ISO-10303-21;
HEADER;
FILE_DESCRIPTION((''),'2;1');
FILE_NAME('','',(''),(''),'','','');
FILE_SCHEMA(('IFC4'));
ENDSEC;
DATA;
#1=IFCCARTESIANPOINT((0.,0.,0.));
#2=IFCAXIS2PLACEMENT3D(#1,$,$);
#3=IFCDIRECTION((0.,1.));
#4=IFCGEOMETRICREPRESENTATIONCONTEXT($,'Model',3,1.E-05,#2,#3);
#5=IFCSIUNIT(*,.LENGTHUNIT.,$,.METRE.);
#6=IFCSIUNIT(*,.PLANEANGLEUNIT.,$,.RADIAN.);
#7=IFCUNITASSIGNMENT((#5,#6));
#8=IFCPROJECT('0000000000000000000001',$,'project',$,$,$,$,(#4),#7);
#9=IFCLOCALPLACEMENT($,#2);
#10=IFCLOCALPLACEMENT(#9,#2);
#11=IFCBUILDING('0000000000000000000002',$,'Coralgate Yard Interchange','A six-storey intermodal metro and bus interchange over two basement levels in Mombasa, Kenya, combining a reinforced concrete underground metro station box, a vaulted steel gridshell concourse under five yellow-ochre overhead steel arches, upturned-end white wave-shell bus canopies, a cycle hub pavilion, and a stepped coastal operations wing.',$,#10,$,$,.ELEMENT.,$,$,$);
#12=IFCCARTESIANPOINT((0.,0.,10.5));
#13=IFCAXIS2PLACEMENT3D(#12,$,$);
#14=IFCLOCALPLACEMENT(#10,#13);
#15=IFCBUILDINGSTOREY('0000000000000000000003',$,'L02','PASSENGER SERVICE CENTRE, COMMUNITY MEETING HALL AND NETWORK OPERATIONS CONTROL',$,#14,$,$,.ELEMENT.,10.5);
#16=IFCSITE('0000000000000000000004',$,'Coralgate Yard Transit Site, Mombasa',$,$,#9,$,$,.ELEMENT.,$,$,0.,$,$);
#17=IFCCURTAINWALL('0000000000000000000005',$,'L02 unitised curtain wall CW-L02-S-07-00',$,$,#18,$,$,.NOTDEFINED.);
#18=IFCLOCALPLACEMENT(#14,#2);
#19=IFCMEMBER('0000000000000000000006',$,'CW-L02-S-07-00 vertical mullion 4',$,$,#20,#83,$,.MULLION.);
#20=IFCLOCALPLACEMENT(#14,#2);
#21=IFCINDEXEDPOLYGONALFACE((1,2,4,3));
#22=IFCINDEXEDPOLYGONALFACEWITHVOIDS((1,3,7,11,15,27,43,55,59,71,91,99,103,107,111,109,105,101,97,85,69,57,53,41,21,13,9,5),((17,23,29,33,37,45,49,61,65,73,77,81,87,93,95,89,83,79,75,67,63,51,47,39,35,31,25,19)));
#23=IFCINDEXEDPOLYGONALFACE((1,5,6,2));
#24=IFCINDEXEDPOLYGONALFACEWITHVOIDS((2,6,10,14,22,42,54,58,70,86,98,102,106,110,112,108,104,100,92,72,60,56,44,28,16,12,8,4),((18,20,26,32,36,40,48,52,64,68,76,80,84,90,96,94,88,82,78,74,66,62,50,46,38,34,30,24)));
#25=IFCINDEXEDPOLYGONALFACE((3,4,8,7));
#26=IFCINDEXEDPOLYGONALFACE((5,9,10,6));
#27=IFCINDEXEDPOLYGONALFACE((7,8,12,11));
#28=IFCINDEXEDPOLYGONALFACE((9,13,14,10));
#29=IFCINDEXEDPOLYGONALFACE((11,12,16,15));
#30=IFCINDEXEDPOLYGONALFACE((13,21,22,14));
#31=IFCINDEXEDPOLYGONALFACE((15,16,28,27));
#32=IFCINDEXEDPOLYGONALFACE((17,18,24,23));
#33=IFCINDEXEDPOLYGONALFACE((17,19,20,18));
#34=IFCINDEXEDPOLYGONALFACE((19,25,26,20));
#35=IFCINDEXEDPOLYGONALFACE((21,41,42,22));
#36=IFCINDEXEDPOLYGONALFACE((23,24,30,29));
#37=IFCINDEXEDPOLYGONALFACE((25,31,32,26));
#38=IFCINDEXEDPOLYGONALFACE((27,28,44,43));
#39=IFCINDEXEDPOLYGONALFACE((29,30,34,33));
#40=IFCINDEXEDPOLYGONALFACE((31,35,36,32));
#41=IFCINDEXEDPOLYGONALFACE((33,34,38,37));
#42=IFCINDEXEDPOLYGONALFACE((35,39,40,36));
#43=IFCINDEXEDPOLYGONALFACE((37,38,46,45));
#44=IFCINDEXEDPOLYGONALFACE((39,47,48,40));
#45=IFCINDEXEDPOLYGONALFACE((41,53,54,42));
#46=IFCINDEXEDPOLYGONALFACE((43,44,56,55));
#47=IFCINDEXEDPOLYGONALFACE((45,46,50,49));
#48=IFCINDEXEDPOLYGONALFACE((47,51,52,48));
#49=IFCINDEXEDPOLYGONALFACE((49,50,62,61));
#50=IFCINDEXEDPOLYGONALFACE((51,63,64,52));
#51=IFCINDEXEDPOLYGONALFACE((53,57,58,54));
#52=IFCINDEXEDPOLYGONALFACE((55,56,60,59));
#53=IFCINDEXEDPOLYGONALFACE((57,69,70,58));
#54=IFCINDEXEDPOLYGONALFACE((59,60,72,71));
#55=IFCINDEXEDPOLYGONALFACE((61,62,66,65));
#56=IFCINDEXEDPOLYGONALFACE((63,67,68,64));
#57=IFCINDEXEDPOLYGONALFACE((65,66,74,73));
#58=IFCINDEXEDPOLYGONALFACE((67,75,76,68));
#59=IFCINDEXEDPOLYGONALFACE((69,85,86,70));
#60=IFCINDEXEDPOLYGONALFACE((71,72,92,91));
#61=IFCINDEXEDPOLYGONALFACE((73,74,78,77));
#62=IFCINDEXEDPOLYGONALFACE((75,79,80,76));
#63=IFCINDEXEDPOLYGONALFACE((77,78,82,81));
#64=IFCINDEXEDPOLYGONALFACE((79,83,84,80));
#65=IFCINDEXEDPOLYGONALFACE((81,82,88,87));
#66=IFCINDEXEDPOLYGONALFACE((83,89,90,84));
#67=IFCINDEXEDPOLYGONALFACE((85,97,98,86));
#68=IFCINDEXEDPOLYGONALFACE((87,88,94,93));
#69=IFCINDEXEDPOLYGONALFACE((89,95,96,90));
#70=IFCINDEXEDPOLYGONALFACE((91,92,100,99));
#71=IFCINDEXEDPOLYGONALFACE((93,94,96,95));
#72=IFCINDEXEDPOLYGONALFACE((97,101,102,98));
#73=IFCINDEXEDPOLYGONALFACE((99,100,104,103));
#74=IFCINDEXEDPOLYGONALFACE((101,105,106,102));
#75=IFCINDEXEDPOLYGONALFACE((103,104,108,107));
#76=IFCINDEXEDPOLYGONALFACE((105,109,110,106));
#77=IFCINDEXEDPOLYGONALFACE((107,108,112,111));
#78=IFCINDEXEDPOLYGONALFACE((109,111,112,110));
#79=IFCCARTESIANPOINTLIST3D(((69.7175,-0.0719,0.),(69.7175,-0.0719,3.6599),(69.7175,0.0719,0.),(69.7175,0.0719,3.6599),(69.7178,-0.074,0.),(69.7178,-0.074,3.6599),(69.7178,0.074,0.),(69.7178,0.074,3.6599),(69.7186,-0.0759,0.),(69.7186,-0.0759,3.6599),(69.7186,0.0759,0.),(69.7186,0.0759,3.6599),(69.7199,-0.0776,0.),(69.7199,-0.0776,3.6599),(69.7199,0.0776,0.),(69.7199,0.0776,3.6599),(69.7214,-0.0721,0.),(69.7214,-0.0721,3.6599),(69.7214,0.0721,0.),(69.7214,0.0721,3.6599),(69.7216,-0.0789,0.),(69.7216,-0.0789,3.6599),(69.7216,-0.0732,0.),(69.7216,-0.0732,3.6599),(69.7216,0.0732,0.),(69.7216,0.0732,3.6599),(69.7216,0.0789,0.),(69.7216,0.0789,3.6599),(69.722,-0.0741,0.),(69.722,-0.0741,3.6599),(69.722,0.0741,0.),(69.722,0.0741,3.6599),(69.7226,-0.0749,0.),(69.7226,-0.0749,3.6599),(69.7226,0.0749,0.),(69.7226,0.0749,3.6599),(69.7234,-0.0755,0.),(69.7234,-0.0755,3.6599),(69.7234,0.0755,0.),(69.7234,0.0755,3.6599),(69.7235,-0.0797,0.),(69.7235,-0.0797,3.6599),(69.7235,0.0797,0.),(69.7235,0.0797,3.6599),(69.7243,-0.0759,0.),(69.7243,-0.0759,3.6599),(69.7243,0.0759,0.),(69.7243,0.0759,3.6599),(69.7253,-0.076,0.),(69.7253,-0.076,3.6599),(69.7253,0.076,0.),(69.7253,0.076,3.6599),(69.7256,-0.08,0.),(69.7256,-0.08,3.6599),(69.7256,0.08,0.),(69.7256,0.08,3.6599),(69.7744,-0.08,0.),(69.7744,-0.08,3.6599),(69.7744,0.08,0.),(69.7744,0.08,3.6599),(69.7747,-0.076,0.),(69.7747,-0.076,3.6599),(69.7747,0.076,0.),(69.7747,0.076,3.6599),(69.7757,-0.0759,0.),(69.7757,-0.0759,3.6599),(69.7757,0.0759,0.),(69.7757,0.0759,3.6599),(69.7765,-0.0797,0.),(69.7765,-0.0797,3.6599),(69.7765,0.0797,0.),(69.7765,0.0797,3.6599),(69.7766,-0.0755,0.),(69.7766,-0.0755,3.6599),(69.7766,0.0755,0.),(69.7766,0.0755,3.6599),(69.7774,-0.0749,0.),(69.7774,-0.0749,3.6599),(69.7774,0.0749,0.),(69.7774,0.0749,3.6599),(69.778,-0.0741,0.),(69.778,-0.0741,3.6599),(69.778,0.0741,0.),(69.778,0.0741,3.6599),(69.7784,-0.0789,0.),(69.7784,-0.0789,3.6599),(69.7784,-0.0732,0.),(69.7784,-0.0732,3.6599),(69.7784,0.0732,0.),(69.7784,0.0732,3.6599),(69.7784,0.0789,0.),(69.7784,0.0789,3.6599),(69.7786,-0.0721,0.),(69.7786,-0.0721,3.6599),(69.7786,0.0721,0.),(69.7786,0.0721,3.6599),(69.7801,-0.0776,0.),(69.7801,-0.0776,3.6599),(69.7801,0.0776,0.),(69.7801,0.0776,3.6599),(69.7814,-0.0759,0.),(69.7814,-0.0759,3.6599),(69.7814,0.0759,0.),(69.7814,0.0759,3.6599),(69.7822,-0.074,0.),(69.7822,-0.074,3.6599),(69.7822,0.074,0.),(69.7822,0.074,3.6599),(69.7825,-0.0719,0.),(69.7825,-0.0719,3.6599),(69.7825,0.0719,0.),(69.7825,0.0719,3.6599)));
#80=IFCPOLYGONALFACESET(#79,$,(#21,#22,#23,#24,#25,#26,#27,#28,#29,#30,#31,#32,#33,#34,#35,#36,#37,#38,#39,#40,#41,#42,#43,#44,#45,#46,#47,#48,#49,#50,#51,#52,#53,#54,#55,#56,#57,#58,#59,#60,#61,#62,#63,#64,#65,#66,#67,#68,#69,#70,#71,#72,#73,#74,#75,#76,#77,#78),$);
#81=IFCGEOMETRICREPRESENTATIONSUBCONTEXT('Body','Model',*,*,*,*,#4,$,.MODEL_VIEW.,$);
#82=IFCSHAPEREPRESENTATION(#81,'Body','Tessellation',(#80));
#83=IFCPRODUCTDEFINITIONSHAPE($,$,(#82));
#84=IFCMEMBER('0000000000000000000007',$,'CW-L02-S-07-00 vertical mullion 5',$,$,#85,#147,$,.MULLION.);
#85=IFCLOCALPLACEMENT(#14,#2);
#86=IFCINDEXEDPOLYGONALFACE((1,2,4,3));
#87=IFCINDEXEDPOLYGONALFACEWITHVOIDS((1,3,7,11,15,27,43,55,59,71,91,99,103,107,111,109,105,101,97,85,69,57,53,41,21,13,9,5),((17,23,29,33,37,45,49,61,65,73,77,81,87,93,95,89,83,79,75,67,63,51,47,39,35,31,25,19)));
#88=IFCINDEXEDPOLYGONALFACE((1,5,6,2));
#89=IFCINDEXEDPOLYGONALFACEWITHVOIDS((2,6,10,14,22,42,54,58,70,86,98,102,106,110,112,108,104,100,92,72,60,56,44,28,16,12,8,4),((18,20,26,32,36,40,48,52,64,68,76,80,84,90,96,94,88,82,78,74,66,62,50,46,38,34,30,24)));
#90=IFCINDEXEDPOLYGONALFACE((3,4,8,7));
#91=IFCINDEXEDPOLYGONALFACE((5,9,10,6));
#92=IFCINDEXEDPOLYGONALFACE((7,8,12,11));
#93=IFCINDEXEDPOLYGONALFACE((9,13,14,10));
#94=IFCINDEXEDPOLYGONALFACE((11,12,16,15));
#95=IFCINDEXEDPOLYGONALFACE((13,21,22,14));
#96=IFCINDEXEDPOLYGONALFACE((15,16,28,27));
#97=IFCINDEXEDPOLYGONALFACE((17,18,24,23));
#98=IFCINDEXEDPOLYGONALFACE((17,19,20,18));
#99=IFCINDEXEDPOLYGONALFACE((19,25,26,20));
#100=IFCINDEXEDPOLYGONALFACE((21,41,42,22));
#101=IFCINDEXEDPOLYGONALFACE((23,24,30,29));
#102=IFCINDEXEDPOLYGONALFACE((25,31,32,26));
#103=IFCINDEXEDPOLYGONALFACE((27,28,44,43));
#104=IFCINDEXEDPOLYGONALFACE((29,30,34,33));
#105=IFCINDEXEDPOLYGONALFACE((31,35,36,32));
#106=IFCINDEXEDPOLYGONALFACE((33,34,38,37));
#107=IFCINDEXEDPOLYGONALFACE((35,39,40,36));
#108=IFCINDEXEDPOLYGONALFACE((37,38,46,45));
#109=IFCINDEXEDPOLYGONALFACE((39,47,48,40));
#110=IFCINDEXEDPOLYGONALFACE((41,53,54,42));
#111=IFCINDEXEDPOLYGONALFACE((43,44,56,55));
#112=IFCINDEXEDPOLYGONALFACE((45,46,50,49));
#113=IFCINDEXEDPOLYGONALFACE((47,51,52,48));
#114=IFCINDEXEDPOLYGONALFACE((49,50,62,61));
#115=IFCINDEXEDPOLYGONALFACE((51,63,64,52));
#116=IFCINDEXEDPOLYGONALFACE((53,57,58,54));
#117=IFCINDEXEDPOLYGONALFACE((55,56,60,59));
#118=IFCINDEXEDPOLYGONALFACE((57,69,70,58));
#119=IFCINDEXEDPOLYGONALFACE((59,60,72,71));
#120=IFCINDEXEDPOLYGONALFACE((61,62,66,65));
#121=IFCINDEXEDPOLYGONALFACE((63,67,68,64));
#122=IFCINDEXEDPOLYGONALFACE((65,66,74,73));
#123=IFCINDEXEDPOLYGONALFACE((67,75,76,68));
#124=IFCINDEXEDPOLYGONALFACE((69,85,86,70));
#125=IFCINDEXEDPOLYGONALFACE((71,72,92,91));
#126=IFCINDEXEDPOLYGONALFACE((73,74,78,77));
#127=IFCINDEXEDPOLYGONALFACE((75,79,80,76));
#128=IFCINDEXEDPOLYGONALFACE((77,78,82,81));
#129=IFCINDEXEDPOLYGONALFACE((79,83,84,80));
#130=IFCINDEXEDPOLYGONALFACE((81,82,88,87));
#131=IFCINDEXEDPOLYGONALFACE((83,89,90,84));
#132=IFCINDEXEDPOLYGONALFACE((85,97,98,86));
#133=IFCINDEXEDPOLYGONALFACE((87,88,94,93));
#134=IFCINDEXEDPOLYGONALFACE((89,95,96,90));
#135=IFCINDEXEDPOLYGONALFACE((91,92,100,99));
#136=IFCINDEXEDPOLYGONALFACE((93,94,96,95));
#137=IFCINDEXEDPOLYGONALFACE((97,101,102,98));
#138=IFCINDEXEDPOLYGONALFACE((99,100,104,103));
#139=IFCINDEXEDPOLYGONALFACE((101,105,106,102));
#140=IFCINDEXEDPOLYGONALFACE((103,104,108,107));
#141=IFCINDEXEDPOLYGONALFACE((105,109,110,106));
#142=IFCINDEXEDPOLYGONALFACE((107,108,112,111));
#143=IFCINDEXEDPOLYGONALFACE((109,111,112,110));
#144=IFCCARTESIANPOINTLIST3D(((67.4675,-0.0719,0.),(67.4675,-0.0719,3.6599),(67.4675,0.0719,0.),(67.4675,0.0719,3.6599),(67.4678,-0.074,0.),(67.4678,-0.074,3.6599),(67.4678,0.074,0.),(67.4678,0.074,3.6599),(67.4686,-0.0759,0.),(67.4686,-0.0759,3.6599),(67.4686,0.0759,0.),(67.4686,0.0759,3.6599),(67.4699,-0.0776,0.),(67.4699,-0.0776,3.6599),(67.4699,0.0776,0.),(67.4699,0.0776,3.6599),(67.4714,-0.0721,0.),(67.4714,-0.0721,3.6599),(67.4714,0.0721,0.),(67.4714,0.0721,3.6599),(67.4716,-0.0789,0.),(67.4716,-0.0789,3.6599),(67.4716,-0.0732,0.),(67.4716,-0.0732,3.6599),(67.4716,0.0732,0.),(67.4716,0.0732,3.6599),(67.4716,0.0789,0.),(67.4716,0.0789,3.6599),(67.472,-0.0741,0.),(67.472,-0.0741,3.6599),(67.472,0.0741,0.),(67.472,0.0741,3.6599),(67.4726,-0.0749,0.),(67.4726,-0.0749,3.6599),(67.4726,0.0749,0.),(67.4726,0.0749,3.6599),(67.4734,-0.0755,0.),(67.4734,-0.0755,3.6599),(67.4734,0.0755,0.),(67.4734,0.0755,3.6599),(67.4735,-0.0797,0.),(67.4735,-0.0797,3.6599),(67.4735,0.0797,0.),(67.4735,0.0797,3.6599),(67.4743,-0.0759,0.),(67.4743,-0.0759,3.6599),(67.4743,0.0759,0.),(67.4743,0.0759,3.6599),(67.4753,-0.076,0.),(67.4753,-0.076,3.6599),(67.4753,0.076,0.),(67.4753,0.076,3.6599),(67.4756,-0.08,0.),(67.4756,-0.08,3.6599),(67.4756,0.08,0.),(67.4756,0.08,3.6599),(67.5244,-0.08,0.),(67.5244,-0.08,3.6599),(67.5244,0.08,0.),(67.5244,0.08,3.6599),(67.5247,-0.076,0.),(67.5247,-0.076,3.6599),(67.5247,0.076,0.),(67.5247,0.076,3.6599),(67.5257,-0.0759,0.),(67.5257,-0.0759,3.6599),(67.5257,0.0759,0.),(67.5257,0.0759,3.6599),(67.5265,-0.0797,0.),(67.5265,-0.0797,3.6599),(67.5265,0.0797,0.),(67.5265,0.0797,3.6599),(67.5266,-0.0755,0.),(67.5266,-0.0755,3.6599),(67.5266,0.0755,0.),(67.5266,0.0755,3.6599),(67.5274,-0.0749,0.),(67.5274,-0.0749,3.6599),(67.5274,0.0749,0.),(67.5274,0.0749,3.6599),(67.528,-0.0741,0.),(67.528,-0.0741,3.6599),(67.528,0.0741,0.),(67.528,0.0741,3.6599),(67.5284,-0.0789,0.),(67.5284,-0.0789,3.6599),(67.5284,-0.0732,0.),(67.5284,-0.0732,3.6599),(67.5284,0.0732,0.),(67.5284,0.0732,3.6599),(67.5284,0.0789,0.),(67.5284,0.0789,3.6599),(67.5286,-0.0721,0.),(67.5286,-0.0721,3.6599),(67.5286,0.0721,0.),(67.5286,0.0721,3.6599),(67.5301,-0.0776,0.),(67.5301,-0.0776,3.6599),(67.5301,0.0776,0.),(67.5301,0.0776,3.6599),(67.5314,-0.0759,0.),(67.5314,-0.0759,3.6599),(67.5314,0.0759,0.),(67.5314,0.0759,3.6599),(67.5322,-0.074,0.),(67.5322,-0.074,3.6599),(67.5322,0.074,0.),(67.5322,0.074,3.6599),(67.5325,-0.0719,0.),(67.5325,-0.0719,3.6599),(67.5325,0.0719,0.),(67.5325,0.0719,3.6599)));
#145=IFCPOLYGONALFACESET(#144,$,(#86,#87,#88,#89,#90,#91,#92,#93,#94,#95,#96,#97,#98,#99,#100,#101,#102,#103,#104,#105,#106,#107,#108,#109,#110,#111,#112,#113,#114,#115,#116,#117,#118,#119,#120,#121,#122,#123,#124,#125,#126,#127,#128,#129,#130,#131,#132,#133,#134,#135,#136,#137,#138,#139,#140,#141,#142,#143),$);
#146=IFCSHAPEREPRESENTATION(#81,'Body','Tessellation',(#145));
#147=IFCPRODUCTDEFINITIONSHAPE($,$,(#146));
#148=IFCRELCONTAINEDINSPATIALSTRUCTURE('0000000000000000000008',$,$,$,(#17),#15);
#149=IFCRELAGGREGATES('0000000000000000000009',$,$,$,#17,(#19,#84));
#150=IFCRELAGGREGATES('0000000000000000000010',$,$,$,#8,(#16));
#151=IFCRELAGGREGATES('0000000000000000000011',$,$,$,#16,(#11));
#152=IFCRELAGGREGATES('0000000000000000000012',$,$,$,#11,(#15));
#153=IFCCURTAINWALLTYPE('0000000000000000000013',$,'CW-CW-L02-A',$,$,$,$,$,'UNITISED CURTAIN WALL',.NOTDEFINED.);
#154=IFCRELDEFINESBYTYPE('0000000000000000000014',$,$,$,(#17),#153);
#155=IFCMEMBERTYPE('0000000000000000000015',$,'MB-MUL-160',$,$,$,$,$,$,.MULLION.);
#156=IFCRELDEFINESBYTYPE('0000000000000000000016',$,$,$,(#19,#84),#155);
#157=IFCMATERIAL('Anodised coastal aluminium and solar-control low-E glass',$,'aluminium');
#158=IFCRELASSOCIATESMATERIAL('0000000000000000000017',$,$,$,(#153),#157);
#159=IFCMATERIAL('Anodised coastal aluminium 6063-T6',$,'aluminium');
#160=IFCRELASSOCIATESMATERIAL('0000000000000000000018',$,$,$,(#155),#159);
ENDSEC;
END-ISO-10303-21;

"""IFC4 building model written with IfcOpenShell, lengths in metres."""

from ifc_helpers import new_model, si_unit, direction, frame, origin, origin_2d, place, context, subcontext, project, spatial, hollow_rectangle, extrude, material, material_profile, profile_set, type_object, element, aggregate, save


model = new_model("IFC4")

# Units and contexts
model_context = context("Model", 3, precision=1e-05, world=origin(), true_north=direction((0.0, 1.0)))
body_context = subcontext(model_context, "Body", "Model", "MODEL_VIEW")
ifc_project = project(units=[si_unit("LENGTHUNIT", "METRE"), si_unit("PLANEANGLEUNIT", "RADIAN")], contexts=[model_context])

# Site, building, storey
site_placement = place(None, origin())
site = spatial("IfcSite", under=ifc_project, at=site_placement, Name="Coralgate Yard Transit Site, Mombasa", CompositionType="ELEMENT", RefElevation=0.0)
building_placement = place(site_placement, origin())
building = spatial("IfcBuilding", under=site, at=building_placement, Name="Coralgate Yard Interchange", Description="A six-storey intermodal metro and bus interchange over two basement levels in Mombasa, Kenya, combining a reinforced concrete underground metro station box, a vaulted steel gridshell concourse under five yellow-ochre overhead steel arches, upturned-end white wave-shell bus canopies, a cycle hub pavilion, and a stepped coastal operations wing.", CompositionType="ELEMENT")
storey_placement = place(building_placement, frame((0.0, 0.0, 10.5)))
storey = spatial("IfcBuildingStorey", under=building, at=storey_placement, Name="L02", Description="PASSENGER SERVICE CENTRE, COMMUNITY MEETING HALL AND NETWORK OPERATIONS CONTROL", CompositionType="ELEMENT", Elevation=10.5)

# Shared definitions
ifc_material_1 = material(Name="Anodised coastal aluminium and solar-control low-E glass", Category="aluminium")
curtain_wall_type = type_object("IfcCurtainWallType", Name="CW-CW-L02-A", ElementType="UNITISED CURTAIN WALL", PredefinedType="NOTDEFINED", material=ifc_material_1)
ifc_material_2 = material(Name="Anodised coastal aluminium 6063-T6", Category="aluminium")
ifc_material_profile_1 = material_profile(ifc_material_2, hollow_rectangle(XDim=0.0649, YDim=0.1599, WallThickness=0.0039, InnerFilletRadius=0.0039, OuterFilletRadius=0.0081, at=origin_2d()), Name="ALU 65x160x4")
ifc_profile_set_1 = profile_set([ifc_material_profile_1], Name="Anodised coastal aluminium 6063-T6")
member_type_1 = type_object("IfcMemberType", Name="MB-MUL-160", PredefinedType="MULLION", material=ifc_profile_set_1)

# Curtain wall, members
curtain_wall_1_placement = place(storey_placement, origin())
curtain_wall_1 = element("IfcCurtainWall", 1, at=curtain_wall_1_placement, inside=storey, type_object=curtain_wall_type, Name="L02 unitised curtain wall CW-L02-S-07-00", PredefinedType="NOTDEFINED")
member_1_placement = place(storey_placement, frame((69.75, 0.0, 0.0), z_axis=(0.0, 0.0, 1.0), x_axis=(1.0, 0.0, 0.0)))
member_1 = element("IfcMember", 2, at=member_1_placement, type_object=member_type_1, Name="CW-L02-S-07-00 vertical mullion 4", PredefinedType="MULLION", context=body_context, shape_type="SweptSolid", body=[
    extrude(hollow_rectangle(XDim=0.0649, YDim=0.1599, WallThickness=0.0039, InnerFilletRadius=0.0039, OuterFilletRadius=0.0081, at=origin_2d()), origin(), (0.0, 0.0, 1.0), 3.6599),
])
member_2_placement = place(storey_placement, frame((67.5, 0.0, 0.0), z_axis=(0.0, 0.0, 1.0), x_axis=(1.0, 0.0, 0.0)))
member_2 = element("IfcMember", 3, at=member_2_placement, type_object=member_type_1, Name="CW-L02-S-07-00 vertical mullion 5", PredefinedType="MULLION", context=body_context, shape_type="SweptSolid", body=[
    extrude(hollow_rectangle(XDim=0.0649, YDim=0.1599, WallThickness=0.0039, InnerFilletRadius=0.0039, OuterFilletRadius=0.0081, at=origin_2d()), origin(), (0.0, 0.0, 1.0), 3.6599),
])

aggregate(curtain_wall_1, [member_1, member_2])

save(model, "model.ifc")
